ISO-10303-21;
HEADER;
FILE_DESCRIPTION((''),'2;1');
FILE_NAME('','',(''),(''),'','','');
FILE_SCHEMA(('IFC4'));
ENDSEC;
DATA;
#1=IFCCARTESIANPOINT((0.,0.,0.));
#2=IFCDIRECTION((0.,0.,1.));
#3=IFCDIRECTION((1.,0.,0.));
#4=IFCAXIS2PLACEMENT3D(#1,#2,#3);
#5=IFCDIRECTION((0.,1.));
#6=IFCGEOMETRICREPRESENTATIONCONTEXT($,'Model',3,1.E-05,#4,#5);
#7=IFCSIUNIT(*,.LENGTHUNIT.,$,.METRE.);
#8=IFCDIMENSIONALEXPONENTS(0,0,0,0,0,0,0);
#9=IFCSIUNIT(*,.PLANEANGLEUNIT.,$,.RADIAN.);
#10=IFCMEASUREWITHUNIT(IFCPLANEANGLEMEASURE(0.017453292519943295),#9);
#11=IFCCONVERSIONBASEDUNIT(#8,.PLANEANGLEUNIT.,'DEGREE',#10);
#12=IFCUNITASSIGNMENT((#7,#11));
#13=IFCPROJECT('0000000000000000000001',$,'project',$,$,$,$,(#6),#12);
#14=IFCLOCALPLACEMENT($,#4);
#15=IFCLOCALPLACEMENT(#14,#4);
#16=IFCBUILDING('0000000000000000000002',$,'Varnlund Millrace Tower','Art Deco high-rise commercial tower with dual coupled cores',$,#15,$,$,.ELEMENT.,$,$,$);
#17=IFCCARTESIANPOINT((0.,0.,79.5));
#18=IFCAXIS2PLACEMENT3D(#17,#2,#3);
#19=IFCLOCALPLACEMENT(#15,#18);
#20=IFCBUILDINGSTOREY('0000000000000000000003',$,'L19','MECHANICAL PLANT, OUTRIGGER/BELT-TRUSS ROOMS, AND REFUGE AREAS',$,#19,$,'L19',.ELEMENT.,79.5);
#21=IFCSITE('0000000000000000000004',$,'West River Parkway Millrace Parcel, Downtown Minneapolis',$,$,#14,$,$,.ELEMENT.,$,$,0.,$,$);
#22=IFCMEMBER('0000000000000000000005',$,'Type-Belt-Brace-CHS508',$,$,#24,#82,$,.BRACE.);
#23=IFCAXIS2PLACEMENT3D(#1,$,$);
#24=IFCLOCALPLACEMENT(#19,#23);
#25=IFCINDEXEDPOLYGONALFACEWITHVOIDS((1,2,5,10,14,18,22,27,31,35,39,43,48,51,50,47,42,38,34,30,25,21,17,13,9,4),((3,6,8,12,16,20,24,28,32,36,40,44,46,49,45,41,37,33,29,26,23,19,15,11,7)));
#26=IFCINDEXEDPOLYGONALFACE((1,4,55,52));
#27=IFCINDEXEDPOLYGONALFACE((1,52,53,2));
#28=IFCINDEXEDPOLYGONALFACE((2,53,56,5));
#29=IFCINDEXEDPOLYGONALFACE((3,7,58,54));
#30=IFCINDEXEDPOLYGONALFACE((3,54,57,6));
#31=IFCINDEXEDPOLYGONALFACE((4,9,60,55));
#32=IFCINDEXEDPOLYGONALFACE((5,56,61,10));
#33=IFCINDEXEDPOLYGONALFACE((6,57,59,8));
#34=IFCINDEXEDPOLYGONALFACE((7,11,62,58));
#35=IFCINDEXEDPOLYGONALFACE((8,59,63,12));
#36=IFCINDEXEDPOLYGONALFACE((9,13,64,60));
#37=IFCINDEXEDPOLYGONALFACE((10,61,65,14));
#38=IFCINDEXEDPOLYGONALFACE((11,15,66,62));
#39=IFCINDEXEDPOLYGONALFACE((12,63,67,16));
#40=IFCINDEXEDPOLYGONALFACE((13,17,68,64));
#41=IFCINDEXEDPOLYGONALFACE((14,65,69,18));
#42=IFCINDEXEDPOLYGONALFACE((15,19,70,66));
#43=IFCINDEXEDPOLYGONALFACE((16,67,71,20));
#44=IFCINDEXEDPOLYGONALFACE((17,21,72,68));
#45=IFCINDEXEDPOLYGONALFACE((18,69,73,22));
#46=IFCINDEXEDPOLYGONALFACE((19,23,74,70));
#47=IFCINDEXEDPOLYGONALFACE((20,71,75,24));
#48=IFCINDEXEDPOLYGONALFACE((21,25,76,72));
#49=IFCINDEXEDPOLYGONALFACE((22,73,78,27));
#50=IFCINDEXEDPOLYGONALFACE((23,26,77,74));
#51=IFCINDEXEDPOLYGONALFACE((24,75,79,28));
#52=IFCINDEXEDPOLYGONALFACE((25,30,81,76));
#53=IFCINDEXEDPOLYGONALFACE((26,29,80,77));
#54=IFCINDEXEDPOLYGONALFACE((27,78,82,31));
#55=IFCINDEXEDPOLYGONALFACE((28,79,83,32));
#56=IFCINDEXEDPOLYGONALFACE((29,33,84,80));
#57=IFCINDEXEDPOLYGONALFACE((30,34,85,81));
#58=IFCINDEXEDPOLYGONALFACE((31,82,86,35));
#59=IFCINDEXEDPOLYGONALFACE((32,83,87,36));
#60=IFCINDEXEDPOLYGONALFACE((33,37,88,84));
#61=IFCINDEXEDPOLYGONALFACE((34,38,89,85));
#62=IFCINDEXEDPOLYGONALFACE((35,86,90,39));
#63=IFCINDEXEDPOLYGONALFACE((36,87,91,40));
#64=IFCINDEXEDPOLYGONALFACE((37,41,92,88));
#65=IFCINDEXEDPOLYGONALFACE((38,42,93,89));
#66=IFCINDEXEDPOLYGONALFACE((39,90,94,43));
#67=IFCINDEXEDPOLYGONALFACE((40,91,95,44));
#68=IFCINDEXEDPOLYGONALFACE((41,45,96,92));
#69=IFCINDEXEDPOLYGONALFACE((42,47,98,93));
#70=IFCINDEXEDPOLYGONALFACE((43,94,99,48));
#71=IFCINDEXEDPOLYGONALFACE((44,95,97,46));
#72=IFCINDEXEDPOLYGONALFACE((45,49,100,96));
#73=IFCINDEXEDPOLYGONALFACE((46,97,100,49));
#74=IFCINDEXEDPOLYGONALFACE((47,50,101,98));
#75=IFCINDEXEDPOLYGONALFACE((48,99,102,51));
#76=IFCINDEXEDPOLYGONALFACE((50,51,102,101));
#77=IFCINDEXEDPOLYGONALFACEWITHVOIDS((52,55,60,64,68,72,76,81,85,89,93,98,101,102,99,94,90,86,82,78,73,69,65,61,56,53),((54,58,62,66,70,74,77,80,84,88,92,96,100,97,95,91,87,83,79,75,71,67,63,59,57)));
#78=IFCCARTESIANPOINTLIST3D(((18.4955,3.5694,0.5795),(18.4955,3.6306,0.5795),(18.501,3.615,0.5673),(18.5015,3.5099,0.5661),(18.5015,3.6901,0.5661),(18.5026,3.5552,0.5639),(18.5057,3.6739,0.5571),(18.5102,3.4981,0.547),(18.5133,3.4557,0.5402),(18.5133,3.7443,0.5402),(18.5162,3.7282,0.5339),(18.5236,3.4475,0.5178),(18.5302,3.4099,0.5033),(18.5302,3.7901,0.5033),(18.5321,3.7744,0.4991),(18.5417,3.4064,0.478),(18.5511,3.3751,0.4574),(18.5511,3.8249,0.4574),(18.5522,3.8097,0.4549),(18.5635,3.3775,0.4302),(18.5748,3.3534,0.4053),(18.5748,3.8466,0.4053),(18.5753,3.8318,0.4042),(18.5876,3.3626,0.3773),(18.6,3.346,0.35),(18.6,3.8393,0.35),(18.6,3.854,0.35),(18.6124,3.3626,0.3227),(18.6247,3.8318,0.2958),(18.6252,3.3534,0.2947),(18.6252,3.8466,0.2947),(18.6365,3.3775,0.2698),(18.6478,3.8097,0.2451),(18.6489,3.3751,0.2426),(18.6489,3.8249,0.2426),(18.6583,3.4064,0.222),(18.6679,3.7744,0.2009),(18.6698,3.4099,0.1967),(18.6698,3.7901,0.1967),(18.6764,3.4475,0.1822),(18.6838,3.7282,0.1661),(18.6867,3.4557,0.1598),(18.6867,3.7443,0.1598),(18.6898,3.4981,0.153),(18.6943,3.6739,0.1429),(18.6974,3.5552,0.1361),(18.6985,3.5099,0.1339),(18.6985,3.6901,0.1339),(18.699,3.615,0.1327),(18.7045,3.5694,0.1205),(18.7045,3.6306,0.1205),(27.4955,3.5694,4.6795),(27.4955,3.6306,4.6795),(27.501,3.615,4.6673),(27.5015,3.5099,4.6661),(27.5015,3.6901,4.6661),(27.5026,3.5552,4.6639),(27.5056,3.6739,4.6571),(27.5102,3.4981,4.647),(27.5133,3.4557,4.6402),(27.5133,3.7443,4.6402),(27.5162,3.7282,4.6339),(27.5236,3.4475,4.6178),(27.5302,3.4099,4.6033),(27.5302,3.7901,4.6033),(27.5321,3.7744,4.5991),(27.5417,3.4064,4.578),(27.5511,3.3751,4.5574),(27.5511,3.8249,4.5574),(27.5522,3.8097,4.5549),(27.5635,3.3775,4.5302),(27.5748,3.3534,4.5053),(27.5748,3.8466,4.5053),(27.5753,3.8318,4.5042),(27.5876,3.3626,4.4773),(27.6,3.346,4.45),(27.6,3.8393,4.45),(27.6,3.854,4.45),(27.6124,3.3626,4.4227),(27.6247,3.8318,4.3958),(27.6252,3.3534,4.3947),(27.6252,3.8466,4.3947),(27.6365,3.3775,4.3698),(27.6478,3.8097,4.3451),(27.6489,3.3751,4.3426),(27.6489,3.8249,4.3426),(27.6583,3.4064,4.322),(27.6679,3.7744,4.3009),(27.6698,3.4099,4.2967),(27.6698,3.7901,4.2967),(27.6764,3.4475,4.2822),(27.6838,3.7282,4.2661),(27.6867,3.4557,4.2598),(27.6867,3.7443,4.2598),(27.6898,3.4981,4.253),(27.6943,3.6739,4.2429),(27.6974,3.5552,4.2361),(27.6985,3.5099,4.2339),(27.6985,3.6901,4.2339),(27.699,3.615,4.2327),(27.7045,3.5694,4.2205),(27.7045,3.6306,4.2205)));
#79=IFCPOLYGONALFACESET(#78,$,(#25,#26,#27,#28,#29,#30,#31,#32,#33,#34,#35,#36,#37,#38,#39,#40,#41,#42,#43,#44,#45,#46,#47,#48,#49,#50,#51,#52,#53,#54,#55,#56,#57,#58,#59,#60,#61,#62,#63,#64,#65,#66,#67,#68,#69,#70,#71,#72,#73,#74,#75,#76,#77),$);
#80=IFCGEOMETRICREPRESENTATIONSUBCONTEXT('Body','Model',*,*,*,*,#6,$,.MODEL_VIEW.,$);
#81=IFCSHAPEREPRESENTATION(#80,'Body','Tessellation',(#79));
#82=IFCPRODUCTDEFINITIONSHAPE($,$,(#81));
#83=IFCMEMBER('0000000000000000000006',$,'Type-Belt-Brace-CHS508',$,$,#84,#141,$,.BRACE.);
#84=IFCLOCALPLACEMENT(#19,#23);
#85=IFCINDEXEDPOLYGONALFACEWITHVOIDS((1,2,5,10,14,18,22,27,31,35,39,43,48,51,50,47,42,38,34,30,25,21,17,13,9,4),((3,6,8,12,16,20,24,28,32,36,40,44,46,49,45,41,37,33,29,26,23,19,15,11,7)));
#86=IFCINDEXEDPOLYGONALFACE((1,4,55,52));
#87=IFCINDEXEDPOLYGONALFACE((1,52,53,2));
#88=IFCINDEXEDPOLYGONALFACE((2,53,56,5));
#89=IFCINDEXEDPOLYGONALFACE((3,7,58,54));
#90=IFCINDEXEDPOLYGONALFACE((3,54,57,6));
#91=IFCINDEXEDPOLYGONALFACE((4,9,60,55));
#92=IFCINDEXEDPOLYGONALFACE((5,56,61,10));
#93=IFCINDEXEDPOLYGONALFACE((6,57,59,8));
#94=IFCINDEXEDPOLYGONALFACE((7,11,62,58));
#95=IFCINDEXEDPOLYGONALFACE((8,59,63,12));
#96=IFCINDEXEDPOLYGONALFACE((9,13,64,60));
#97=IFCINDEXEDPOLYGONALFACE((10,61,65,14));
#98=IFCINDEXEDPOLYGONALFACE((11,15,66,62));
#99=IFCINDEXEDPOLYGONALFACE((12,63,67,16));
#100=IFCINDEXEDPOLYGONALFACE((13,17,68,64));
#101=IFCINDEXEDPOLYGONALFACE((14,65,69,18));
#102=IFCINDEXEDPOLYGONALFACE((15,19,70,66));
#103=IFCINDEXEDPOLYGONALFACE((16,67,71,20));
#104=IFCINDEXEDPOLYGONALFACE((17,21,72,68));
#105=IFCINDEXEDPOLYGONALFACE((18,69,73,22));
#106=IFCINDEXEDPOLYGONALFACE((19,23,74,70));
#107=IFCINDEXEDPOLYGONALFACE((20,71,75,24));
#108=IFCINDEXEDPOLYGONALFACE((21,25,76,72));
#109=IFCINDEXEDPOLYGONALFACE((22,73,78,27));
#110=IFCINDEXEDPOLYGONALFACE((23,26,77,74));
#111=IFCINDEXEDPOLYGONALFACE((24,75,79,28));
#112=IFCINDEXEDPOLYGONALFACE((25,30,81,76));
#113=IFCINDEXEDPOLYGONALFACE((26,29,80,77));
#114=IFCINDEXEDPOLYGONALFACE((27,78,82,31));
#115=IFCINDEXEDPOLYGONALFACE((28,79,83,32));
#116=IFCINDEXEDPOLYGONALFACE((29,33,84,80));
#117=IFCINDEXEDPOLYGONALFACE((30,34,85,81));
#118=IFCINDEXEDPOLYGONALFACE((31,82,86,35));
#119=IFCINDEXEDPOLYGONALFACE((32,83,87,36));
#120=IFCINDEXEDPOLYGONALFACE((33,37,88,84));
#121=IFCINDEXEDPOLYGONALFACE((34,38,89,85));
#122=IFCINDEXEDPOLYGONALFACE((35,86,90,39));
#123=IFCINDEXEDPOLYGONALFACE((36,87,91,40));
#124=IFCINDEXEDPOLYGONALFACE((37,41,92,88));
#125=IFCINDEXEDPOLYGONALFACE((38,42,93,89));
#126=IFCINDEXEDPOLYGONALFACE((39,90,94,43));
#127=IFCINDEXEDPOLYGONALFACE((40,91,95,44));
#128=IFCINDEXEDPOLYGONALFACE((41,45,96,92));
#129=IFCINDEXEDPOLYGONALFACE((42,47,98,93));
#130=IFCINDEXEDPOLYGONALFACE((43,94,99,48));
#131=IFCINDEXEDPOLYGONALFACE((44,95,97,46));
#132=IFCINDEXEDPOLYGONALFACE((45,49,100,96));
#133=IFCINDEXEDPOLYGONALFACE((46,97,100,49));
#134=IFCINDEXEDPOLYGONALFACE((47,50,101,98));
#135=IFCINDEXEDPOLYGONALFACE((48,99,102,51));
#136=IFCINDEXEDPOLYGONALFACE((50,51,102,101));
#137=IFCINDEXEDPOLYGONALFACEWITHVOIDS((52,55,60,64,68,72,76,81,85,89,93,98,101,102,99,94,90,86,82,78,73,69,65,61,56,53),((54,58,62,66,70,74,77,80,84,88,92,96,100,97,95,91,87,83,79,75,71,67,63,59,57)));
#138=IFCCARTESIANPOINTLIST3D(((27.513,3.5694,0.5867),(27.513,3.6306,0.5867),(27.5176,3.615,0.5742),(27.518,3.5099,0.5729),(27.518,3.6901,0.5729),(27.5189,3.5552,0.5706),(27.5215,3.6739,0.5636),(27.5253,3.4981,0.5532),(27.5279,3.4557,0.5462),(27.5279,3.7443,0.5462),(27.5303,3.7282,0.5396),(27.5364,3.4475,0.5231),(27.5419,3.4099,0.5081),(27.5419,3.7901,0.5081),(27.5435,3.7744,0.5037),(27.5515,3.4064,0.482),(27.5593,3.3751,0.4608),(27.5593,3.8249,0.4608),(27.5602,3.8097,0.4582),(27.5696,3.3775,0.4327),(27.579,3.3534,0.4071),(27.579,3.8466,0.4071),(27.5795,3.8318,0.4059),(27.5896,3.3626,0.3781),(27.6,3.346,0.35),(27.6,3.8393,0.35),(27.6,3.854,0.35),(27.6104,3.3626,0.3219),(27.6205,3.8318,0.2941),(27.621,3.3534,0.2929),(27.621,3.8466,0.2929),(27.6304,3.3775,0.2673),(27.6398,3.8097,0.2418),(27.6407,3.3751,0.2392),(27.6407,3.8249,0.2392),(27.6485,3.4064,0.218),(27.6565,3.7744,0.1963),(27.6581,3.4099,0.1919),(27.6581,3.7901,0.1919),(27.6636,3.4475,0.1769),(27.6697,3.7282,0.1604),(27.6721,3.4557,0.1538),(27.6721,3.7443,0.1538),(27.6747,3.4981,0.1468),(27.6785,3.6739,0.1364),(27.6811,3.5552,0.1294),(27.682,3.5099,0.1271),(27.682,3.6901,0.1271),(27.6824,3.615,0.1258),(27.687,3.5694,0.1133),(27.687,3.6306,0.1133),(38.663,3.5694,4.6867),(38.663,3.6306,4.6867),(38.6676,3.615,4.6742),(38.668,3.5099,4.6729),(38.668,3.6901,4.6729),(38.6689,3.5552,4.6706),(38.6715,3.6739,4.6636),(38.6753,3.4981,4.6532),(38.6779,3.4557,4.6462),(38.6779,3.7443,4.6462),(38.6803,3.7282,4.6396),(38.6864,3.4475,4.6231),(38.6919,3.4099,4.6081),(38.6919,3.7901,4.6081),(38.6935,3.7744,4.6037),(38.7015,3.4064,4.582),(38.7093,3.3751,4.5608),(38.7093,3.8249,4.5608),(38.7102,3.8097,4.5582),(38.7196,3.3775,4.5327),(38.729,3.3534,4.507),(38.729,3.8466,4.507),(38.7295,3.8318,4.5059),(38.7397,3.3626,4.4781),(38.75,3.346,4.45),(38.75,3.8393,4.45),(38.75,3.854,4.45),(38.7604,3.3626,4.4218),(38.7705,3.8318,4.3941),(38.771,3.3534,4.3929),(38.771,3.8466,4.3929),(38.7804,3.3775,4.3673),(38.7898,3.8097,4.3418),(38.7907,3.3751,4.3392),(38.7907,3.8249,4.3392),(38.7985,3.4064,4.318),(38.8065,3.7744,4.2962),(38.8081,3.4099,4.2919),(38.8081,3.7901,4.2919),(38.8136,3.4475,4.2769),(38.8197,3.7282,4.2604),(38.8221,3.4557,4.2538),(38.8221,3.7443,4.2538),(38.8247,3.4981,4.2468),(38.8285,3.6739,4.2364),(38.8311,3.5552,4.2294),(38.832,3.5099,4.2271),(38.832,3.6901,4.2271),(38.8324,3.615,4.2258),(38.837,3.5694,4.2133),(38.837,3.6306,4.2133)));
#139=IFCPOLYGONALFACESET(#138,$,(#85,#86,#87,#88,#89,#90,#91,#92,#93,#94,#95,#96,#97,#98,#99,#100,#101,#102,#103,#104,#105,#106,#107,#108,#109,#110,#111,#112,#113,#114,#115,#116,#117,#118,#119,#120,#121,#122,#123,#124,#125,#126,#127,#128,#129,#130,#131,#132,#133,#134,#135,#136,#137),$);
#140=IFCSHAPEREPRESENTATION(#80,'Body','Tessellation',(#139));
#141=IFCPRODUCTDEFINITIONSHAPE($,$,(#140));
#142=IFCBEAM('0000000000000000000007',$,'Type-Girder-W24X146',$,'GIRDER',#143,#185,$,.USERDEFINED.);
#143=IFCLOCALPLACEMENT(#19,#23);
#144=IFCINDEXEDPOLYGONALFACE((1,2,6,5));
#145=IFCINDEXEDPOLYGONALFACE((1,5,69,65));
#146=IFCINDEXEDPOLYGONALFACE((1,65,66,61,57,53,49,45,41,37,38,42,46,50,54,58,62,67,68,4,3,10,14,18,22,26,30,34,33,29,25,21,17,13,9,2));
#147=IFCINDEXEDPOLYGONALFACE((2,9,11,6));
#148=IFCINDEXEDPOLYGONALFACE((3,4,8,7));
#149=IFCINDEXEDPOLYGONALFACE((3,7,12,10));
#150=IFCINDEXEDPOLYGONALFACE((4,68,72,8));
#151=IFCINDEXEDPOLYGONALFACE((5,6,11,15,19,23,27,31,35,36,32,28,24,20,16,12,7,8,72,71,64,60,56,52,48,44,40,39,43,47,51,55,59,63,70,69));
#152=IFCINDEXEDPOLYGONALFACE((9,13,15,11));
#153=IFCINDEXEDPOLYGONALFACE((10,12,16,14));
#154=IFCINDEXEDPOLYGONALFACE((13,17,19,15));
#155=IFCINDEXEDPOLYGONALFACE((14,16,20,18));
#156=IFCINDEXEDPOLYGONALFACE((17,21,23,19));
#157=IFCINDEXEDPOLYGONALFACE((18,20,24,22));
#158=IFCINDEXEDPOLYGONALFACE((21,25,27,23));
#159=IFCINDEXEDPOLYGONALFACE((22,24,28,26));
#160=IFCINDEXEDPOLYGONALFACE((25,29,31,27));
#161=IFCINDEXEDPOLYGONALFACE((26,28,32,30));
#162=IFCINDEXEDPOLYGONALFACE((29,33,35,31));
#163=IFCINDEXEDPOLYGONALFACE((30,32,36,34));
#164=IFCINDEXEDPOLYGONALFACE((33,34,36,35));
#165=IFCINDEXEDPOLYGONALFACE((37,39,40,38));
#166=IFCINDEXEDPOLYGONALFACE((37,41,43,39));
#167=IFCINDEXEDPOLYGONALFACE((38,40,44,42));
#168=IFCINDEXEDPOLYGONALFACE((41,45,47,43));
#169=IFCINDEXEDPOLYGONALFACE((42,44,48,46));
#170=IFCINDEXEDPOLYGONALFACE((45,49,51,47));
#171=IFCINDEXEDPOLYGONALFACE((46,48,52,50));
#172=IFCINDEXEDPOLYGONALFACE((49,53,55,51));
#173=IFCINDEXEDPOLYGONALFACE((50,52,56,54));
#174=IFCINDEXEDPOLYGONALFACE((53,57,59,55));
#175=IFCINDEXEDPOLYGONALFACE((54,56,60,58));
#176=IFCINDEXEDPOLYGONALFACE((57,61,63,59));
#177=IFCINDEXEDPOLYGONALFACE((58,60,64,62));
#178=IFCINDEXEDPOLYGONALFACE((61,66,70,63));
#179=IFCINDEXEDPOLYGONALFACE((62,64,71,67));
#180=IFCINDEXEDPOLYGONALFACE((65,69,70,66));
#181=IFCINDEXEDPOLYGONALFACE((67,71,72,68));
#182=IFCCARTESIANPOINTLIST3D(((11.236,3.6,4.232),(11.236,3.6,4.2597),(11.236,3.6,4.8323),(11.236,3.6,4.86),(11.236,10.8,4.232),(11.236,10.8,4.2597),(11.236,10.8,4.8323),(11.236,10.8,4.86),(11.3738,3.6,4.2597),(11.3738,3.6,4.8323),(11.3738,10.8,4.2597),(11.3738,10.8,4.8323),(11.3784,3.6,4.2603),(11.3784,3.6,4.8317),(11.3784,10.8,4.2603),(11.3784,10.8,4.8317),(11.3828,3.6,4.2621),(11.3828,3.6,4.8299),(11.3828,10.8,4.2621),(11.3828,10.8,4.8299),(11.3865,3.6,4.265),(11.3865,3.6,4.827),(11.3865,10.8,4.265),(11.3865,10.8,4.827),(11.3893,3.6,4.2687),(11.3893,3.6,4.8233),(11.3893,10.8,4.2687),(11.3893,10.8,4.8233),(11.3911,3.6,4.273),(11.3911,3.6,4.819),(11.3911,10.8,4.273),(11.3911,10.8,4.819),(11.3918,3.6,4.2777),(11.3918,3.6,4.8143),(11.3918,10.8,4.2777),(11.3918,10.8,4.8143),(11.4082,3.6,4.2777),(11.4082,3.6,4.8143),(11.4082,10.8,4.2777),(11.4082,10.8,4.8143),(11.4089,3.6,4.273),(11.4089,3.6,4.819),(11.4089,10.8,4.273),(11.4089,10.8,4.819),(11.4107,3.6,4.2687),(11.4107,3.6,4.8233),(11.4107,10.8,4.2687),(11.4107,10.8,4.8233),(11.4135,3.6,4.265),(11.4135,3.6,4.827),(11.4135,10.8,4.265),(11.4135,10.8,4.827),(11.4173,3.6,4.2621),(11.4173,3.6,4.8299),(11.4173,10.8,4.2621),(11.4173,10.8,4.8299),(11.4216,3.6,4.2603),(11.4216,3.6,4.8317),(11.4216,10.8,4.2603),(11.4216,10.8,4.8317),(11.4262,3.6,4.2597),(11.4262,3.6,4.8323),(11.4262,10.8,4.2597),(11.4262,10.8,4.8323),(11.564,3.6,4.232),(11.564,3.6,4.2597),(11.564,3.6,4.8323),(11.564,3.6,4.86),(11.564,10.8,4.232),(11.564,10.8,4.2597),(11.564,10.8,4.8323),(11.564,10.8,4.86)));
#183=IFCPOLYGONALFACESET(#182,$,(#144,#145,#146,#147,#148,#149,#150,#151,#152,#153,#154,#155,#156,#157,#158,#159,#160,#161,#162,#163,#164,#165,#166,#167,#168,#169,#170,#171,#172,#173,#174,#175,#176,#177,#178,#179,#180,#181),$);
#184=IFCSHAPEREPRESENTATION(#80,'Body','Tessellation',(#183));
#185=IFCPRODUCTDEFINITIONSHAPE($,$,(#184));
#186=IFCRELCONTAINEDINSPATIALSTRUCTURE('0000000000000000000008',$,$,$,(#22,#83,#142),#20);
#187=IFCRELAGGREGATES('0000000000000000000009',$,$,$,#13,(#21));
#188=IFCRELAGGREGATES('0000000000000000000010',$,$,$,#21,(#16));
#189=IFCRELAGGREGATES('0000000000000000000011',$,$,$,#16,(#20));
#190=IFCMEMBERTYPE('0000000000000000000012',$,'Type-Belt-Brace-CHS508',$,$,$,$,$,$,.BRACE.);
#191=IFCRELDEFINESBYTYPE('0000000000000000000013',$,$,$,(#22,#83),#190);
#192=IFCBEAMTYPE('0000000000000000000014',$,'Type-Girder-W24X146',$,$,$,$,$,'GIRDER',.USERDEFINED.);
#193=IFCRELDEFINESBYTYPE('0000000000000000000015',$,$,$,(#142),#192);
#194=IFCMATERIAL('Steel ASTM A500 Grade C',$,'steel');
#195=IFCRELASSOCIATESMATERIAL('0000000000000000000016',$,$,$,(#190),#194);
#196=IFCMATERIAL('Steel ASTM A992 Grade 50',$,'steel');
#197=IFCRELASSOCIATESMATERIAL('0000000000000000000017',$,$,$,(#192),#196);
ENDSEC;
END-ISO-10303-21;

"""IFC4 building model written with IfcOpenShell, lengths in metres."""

from ifc_helpers import new_model, entity, si_unit, converted_unit, direction, frame, origin_with_axes, origin_2d_with_axis, place, context, subcontext, project, spatial, hollow_circle, i_section, extrude, material, material_profile, profile_set, type_object, element, save


model = new_model("IFC4")

# Units and contexts
model_context = context("Model", 3, precision=1e-05, world=origin_with_axes(), true_north=direction((0.0, 1.0)))
body_context = subcontext(model_context, "Body", "Model", "MODEL_VIEW")
ifc_project = project(units=[si_unit("LENGTHUNIT", "METRE"), converted_unit("PLANEANGLEUNIT", "DEGREE", entity("IfcPlaneAngleMeasure", 0.017453292519943295), si_unit("PLANEANGLEUNIT", "RADIAN"), dimensions=[0, 0, 0, 0, 0, 0, 0])], contexts=[model_context])

# Site, building, storey
site_placement = place(None, origin_with_axes())
site = spatial("IfcSite", under=ifc_project, at=site_placement, Name="West River Parkway Millrace Parcel, Downtown Minneapolis", CompositionType="ELEMENT", RefElevation=0.0)
building_placement = place(site_placement, origin_with_axes())
building = spatial("IfcBuilding", under=site, at=building_placement, Name="Varnlund Millrace Tower", Description="Art Deco high-rise commercial tower with dual coupled cores", CompositionType="ELEMENT")
storey_placement = place(building_placement, frame((0.0, 0.0, 79.5), z_axis=(0.0, 0.0, 1.0), x_axis=(1.0, 0.0, 0.0)))
storey = spatial("IfcBuildingStorey", under=building, at=storey_placement, Name="L19", Description="MECHANICAL PLANT, OUTRIGGER/BELT-TRUSS ROOMS, AND REFUGE AREAS", LongName="L19", CompositionType="ELEMENT", Elevation=79.5)

# Members
ifc_material_1 = material(Name="Steel ASTM A500 Grade C", Category="steel")
ifc_material_profile_1 = material_profile(ifc_material_1, hollow_circle(Radius=0.254, WallThickness=0.0147, at=origin_2d_with_axis()), Name="Steel ASTM A500 Grade C")
ifc_profile_set_1 = profile_set([ifc_material_profile_1], Name="Steel ASTM A500 Grade C")
member_type = type_object("IfcMemberType", Name="Type-Belt-Brace-CHS508", PredefinedType="BRACE", material=ifc_profile_set_1)
member_1_placement = place(storey_placement, frame((18.6, 3.6, 0.35), z_axis=(0.91002, 0.0, 0.414565), x_axis=(0.0, 1.0, 0.0)))
element("IfcMember", 1, at=member_1_placement, inside=storey, type_object=member_type, Name="Type-Belt-Brace-CHS508", PredefinedType="BRACE", context=body_context, shape_type="SweptSolid", body=[
    extrude(hollow_circle(Radius=0.254, WallThickness=0.0147, at=origin_2d_with_axis()), origin_with_axes(), (0.0, 0.0, 1.0), 9.8899),
])
member_2_placement = place(storey_placement, frame((27.6, 3.6, 0.35), z_axis=(0.938559, 0.0, 0.34512), x_axis=(0.0, 1.0, 0.0)))
element("IfcMember", 2, at=member_2_placement, inside=storey, type_object=member_type, Name="Type-Belt-Brace-CHS508", PredefinedType="BRACE", context=body_context, shape_type="SweptSolid", body=[
    extrude(hollow_circle(Radius=0.254, WallThickness=0.0147, at=origin_2d_with_axis()), origin_with_axes(), (0.0, 0.0, 1.0), 11.8799),
])

# Beam
ifc_material_2 = material(Name="Steel ASTM A992 Grade 50", Category="steel")
ifc_material_profile_2 = material_profile(ifc_material_2, i_section(OverallWidth=0.328, OverallDepth=0.628, WebThickness=0.0165, FlangeThickness=0.0277, FilletRadius=0.018, at=origin_2d_with_axis()), Name="Steel ASTM A992 Grade 50")
ifc_profile_set_2 = profile_set([ifc_material_profile_2], Name="Steel ASTM A992 Grade 50")
beam_type_1 = type_object("IfcBeamType", Name="Type-Girder-W24X146", ElementType="GIRDER", PredefinedType="USERDEFINED", material=ifc_profile_set_2)
beam_1_placement = place(storey_placement, frame((11.4, 3.6, 4.546), z_axis=(0.0, 1.0, 0.0), x_axis=(-1.0, 0.0, 0.0)))
element("IfcBeam", 3, at=beam_1_placement, inside=storey, type_object=beam_type_1, Name="Type-Girder-W24X146", ObjectType="GIRDER", PredefinedType="USERDEFINED", context=body_context, shape_type="SweptSolid", body=[
    extrude(i_section(OverallWidth=0.328, OverallDepth=0.628, WebThickness=0.0165, FlangeThickness=0.0277, FilletRadius=0.018, at=origin_2d_with_axis()), origin_with_axes(), (0.0, 0.0, 1.0), 7.2),
])

save(model, "model.ifc")
